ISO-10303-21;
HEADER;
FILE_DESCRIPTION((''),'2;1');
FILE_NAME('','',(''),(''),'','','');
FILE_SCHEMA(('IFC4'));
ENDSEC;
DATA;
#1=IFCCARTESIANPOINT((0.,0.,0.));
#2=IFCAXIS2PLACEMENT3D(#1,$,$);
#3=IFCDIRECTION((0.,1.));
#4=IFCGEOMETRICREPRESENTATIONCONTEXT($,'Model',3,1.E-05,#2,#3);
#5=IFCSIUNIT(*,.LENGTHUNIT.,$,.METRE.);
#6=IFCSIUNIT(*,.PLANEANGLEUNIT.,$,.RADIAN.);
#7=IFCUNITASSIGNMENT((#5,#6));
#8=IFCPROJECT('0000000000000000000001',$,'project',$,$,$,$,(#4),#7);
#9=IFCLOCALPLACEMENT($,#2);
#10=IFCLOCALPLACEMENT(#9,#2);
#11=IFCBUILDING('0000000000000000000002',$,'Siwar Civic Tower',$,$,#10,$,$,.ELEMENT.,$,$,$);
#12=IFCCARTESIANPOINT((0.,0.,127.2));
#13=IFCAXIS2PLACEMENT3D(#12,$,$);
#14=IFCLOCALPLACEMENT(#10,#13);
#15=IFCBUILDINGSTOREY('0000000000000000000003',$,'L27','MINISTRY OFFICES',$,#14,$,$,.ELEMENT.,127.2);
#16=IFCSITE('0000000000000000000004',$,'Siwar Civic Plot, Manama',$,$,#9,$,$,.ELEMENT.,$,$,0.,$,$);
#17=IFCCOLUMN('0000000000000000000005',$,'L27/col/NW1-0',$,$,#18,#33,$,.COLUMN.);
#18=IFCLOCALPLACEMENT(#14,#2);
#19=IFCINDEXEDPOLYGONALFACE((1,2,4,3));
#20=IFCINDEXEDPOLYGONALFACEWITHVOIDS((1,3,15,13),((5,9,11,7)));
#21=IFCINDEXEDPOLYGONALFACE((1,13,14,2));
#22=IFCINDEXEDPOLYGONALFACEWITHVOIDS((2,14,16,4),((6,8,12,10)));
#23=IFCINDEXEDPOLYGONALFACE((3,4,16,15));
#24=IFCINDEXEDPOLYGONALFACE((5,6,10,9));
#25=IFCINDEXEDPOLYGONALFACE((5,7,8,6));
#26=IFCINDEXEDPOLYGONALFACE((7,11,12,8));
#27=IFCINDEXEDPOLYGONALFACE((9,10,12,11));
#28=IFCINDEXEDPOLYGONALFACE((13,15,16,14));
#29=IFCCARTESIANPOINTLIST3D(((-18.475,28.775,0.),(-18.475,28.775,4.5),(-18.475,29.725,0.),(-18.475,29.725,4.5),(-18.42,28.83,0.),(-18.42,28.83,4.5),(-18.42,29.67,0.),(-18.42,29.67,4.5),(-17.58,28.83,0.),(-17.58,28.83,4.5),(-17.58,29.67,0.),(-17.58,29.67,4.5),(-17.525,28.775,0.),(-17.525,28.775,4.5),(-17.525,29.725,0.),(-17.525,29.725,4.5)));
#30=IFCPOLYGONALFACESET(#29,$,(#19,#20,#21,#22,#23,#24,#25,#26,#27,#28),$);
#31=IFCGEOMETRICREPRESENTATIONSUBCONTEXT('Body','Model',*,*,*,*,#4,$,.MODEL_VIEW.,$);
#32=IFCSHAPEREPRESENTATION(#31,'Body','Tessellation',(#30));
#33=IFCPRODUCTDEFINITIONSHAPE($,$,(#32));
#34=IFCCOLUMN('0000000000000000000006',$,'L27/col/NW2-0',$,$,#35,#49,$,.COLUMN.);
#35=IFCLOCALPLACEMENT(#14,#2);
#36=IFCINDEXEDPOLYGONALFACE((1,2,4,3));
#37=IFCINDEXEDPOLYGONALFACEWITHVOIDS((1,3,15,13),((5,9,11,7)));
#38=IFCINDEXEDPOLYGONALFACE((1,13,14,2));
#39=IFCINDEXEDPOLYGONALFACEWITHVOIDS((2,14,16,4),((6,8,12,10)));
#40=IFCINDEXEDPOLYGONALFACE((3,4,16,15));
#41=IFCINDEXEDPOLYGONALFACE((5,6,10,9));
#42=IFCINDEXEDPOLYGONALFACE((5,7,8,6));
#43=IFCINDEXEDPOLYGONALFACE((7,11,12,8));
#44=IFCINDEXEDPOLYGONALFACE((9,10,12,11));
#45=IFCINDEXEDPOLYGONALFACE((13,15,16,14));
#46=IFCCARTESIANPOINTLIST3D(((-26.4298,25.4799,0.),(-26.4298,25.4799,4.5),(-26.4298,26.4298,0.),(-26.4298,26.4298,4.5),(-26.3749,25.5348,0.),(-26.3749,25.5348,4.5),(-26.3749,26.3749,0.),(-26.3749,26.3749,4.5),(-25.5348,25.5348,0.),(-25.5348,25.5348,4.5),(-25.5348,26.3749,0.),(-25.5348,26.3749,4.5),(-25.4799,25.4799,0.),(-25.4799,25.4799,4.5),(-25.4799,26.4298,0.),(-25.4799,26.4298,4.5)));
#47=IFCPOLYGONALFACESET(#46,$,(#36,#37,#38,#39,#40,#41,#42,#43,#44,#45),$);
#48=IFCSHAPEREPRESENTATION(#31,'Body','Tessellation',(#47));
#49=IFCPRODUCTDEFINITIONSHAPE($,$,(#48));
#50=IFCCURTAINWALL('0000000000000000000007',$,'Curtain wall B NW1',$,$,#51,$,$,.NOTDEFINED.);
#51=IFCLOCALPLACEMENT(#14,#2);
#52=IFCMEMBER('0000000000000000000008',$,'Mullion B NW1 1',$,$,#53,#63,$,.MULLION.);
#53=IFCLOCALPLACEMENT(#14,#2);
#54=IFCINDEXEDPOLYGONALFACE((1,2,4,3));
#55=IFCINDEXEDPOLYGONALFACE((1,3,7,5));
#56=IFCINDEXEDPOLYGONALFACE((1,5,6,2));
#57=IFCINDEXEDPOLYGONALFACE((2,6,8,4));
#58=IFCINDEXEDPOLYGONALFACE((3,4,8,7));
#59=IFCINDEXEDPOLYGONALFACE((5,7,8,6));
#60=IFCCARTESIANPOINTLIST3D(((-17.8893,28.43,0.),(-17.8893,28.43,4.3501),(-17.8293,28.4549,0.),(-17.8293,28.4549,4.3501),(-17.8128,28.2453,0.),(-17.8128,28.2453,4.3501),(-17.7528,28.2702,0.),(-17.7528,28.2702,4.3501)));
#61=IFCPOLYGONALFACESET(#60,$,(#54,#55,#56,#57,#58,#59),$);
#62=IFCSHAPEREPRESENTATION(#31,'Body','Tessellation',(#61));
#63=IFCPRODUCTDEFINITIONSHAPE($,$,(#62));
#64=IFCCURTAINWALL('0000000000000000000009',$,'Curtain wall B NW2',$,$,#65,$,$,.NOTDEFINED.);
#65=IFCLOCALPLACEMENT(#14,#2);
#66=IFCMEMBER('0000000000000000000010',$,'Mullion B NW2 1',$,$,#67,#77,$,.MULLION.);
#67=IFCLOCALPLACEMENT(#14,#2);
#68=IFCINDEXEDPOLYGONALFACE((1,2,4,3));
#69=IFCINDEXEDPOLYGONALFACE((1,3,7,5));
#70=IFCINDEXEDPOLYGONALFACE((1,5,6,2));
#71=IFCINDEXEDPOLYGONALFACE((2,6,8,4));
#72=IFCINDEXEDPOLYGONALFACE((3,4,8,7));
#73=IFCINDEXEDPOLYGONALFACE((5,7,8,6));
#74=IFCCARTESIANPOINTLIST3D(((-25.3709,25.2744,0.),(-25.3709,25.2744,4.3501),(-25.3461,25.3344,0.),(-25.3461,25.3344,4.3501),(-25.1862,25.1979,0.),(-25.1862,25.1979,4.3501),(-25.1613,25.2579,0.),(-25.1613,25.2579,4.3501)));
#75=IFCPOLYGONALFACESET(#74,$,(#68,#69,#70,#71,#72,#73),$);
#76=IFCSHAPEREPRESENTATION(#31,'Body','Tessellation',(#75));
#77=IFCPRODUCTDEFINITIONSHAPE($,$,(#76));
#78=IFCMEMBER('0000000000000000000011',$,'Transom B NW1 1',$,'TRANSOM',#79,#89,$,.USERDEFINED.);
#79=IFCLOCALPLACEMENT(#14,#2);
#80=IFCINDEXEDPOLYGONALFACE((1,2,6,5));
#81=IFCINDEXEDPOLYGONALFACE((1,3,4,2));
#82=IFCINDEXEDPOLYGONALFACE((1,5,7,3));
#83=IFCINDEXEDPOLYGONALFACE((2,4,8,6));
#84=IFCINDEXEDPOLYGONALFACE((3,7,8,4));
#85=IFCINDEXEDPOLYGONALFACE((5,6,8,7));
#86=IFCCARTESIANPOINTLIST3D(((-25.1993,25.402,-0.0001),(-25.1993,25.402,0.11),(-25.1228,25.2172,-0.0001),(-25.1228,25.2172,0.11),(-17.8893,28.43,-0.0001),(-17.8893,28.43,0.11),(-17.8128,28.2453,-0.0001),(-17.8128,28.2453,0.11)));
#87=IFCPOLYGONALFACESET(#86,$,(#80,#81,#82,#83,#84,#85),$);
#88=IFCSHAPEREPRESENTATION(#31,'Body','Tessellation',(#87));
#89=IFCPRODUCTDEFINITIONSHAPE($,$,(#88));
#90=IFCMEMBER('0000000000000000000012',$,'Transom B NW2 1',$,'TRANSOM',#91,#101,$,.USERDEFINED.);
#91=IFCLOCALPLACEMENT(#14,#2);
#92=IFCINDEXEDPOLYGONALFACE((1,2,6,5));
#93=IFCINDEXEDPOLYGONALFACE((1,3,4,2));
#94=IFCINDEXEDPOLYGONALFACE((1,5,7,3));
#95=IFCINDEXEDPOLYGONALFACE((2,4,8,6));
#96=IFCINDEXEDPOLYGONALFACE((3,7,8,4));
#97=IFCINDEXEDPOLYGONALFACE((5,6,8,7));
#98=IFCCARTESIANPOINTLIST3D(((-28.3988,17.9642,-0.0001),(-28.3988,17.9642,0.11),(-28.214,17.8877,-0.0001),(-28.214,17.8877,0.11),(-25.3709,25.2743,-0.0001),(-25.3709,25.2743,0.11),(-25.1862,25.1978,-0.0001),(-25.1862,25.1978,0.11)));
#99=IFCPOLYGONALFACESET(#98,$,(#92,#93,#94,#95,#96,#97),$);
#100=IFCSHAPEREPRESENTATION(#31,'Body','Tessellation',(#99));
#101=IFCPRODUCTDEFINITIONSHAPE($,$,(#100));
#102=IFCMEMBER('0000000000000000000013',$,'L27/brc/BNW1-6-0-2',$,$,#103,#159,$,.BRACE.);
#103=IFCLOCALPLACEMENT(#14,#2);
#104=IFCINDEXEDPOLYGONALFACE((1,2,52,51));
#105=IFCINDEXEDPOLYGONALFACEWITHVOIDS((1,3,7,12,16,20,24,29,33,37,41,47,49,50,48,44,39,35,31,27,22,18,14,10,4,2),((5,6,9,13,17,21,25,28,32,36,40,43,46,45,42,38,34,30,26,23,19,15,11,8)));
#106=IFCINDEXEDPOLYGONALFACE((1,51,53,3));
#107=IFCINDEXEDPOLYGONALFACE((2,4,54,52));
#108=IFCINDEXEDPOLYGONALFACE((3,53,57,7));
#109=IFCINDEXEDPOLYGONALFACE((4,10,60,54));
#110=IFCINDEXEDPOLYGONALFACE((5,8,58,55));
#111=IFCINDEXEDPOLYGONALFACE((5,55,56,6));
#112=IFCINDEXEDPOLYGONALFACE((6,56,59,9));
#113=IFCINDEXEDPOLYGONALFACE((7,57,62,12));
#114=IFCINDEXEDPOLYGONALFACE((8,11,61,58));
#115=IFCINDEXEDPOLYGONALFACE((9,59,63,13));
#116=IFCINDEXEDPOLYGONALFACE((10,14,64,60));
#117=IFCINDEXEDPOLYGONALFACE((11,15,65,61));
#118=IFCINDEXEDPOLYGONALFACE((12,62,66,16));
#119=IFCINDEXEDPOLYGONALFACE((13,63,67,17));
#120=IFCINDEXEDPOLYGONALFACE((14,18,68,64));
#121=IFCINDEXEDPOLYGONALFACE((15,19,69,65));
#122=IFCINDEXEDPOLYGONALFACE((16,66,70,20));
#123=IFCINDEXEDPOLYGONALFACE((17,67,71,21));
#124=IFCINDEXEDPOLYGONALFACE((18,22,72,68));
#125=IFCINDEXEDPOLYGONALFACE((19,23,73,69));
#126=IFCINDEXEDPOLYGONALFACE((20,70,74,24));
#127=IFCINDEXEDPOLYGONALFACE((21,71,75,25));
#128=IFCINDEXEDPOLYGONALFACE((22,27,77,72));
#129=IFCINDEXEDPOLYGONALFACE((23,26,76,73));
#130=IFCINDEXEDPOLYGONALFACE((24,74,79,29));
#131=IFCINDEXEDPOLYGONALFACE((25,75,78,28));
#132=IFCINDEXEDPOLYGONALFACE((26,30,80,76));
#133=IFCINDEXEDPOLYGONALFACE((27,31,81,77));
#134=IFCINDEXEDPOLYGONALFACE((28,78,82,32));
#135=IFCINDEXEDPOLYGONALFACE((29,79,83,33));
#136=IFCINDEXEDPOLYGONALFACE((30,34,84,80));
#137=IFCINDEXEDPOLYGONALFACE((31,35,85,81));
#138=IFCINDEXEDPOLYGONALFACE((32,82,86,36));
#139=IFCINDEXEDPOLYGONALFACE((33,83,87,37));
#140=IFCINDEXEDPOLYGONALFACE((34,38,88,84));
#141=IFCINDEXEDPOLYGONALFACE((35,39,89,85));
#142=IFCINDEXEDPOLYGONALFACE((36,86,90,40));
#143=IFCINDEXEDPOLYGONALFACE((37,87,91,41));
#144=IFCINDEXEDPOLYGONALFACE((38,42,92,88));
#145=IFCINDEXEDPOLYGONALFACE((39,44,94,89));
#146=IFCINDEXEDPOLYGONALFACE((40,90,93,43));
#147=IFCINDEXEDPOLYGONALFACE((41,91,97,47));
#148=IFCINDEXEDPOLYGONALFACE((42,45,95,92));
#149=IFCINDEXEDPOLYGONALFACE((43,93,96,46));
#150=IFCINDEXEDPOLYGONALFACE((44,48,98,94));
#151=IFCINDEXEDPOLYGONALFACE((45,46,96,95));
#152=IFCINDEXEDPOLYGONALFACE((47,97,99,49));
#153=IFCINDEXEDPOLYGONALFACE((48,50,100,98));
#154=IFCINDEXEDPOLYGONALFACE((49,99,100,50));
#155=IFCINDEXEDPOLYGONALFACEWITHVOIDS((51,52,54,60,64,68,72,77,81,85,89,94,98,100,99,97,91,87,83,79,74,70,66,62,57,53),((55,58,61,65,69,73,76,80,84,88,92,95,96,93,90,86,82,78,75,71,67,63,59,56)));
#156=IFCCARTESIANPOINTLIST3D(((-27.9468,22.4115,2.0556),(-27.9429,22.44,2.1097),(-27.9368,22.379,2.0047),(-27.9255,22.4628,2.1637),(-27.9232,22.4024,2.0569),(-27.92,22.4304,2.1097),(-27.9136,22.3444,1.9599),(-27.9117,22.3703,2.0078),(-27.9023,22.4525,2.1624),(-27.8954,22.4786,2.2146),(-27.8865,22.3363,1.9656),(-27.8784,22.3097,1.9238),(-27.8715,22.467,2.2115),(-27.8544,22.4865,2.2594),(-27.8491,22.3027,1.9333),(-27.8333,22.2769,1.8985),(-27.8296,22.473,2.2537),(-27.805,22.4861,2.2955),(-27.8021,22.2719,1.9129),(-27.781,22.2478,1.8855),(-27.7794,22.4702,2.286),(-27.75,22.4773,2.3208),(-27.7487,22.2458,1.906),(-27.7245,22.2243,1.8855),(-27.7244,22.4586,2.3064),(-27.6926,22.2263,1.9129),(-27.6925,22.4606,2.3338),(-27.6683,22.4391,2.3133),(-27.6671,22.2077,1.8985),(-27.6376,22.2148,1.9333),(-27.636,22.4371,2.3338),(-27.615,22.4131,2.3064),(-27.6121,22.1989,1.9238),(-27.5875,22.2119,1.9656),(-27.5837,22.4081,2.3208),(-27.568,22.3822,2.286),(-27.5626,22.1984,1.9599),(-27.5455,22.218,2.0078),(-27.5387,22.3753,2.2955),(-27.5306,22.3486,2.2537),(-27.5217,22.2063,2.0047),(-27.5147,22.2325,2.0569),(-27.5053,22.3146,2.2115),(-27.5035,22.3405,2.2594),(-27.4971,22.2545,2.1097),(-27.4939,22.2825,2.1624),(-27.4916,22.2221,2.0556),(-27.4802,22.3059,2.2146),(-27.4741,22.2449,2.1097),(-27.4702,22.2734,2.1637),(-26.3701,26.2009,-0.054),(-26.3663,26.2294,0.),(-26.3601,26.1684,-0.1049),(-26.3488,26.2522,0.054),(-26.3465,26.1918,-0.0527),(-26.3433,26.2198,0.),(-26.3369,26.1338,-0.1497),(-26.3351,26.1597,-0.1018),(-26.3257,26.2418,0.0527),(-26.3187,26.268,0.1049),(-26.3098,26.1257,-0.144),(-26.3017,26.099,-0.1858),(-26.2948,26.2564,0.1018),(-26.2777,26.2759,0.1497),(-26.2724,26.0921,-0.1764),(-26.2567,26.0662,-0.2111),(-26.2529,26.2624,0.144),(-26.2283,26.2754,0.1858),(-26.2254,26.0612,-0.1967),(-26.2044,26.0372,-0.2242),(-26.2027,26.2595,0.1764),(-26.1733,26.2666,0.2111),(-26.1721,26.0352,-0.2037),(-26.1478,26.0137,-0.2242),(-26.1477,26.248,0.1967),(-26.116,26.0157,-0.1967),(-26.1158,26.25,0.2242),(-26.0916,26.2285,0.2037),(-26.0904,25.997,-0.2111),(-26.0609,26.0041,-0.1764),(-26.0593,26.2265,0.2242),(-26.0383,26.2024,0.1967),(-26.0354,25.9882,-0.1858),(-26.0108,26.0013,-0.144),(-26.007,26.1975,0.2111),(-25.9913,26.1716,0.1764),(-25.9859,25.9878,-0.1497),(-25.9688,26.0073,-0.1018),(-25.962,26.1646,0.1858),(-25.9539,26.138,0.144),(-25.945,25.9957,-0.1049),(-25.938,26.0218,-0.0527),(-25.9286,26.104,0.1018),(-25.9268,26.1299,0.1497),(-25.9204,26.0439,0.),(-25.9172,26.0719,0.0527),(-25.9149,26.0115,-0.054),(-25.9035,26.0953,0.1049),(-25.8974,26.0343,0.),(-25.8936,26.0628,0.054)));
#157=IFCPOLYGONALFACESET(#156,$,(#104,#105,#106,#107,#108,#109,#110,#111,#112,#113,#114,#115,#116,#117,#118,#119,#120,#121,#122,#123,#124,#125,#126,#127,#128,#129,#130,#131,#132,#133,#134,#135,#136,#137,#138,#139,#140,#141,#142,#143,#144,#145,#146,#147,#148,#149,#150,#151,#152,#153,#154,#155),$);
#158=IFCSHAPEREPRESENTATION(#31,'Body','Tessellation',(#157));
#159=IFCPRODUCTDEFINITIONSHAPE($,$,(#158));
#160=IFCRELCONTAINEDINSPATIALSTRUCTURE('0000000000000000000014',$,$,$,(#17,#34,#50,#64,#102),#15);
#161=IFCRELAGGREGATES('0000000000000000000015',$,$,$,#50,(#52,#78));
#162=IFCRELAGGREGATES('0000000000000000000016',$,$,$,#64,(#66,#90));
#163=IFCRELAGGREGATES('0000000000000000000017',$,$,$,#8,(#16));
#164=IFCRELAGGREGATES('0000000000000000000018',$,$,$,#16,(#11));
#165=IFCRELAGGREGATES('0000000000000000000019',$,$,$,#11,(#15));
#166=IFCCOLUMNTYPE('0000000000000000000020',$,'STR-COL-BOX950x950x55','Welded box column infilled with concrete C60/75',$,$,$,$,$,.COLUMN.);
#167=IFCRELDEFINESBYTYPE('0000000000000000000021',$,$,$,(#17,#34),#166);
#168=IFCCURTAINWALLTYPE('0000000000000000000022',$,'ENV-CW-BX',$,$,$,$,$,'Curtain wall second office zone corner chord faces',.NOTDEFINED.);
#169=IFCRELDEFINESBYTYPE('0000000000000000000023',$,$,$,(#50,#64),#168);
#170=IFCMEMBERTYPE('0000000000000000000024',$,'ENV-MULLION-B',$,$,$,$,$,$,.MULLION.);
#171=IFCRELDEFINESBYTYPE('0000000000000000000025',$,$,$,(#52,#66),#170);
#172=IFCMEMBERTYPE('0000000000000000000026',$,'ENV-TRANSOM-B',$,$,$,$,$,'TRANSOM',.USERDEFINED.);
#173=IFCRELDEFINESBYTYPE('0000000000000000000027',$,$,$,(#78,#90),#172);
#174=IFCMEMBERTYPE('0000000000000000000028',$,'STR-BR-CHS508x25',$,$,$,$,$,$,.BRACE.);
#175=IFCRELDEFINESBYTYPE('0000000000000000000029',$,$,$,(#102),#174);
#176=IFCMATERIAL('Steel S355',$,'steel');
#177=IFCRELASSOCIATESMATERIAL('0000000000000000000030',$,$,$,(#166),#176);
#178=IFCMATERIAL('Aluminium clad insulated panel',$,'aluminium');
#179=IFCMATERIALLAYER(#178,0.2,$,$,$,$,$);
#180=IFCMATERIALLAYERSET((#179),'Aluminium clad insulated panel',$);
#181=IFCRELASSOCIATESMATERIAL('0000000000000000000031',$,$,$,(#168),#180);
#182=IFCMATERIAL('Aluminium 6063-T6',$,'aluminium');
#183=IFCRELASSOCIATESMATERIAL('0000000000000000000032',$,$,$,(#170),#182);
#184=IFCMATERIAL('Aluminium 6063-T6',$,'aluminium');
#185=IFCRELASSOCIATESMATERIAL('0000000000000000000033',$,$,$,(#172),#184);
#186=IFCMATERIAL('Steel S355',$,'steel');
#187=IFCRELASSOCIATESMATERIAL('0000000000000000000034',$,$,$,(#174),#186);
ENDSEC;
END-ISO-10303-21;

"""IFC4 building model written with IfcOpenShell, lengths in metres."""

from ifc_helpers import new_model, si_unit, direction, frame, origin, origin_2d, place, context, subcontext, project, spatial, rectangle, hollow_rectangle, hollow_circle, extrude, material, layer, layer_set, material_profile, profile_set, type_object, element, aggregate, save


model = new_model("IFC4")

# Units and contexts
model_context = context("Model", 3, precision=1e-05, world=origin(), true_north=direction((0.0, 1.0)))
body_context = subcontext(model_context, "Body", "Model", "MODEL_VIEW")
ifc_project = project(units=[si_unit("LENGTHUNIT", "METRE"), si_unit("PLANEANGLEUNIT", "RADIAN")], contexts=[model_context])

# Site, building, storey
site_placement = place(None, origin())
site = spatial("IfcSite", under=ifc_project, at=site_placement, Name="Siwar Civic Plot, Manama", CompositionType="ELEMENT", RefElevation=0.0)
building_placement = place(site_placement, origin())
building = spatial("IfcBuilding", under=site, at=building_placement, Name="Siwar Civic Tower", CompositionType="ELEMENT")
storey_placement = place(building_placement, frame((0.0, 0.0, 127.2)))
storey = spatial("IfcBuildingStorey", under=building, at=storey_placement, Name="L27", Description="MINISTRY OFFICES", CompositionType="ELEMENT", Elevation=127.2)

# Columns
ifc_material_1 = material(Name="Steel S355", Category="steel")
ifc_material_profile_1 = material_profile(ifc_material_1, hollow_rectangle(XDim=0.95, YDim=0.95, WallThickness=0.0549, at=origin_2d()), Name="BOX950x950x55")
ifc_profile_set_1 = profile_set([ifc_material_profile_1], Name="Steel S355")
column_type = type_object("IfcColumnType", Name="STR-COL-BOX950x950x55", Description="Welded box column infilled with concrete C60/75", PredefinedType="COLUMN", material=ifc_profile_set_1)
for number, where, z_axis, x_axis, name in (
    (1, (-18.0, 29.25, 0.0), (0.0, 0.0, 1.0), (1.0, 0.0, 0.0), "L27/col/NW1-0"),
    (2, (-25.9548, 25.9548, 0.0), (0.0, 0.0, 1.0), (1.0, 0.0, 0.0), "L27/col/NW2-0"),
):
    element("IfcColumn", number, at=place(storey_placement, frame(where, z_axis=z_axis, x_axis=x_axis)), inside=storey, type_object=column_type, Name=name, PredefinedType="COLUMN", context=body_context, shape_type="SweptSolid", body=[
        extrude(hollow_rectangle(XDim=0.95, YDim=0.95, WallThickness=0.0549, at=origin_2d()), origin(), (0.0, 0.0, 1.0), 4.5),
    ])

# Curtain walls, members
ifc_material_2 = material(Name="Aluminium clad insulated panel", Category="aluminium")
ifc_layer_1 = layer(ifc_material_2, 0.2)
ifc_layer_set_1 = layer_set([ifc_layer_1], Name="Aluminium clad insulated panel")
curtain_wall_type = type_object("IfcCurtainWallType", Name="ENV-CW-BX", ElementType="Curtain wall second office zone corner chord faces", PredefinedType="NOTDEFINED", material=ifc_layer_set_1)
curtain_wall_1_placement = place(storey_placement, origin())
curtain_wall_1 = element("IfcCurtainWall", 3, at=curtain_wall_1_placement, inside=storey, type_object=curtain_wall_type, Name="Curtain wall B NW1", PredefinedType="NOTDEFINED")
ifc_material_3 = material(Name="Aluminium 6063-T6", Category="aluminium")
ifc_material_profile_2 = material_profile(ifc_material_3, rectangle(XDim=0.2, YDim=0.0649, at=origin_2d()), Name="AL 200x65")
ifc_profile_set_2 = profile_set([ifc_material_profile_2], Name="Aluminium 6063-T6")
member_type_1 = type_object("IfcMemberType", Name="ENV-MULLION-B", PredefinedType="MULLION", material=ifc_profile_set_2)
member_1_placement = place(storey_placement, frame((-17.821, 28.3501, 0.0), z_axis=(0.0, 0.0, 1.0), x_axis=(0.382683, -0.92388, 0.0)))
member_1 = element("IfcMember", 4, at=member_1_placement, type_object=member_type_1, Name="Mullion B NW1 1", PredefinedType="MULLION", context=body_context, shape_type="SweptSolid", body=[
    extrude(rectangle(XDim=0.2, YDim=0.0649, at=origin_2d()), origin(), (0.0, 0.0, 1.0), 4.3501),
])
curtain_wall_2_placement = place(storey_placement, origin())
curtain_wall_2 = element("IfcCurtainWall", 5, at=curtain_wall_2_placement, inside=storey, type_object=curtain_wall_type, Name="Curtain wall B NW2", PredefinedType="NOTDEFINED")
member_2_placement = place(storey_placement, frame((-25.2661, 25.2661, 0.0), z_axis=(0.0, 0.0, 1.0), x_axis=(0.92388, -0.382683, 0.0)))
member_2 = element("IfcMember", 6, at=member_2_placement, type_object=member_type_1, Name="Mullion B NW2 1", PredefinedType="MULLION", context=body_context, shape_type="SweptSolid", body=[
    extrude(rectangle(XDim=0.2, YDim=0.0649, at=origin_2d()), origin(), (0.0, 0.0, 1.0), 4.3501),
])

# Members
ifc_material_4 = material(Name="Aluminium 6063-T6", Category="aluminium")
ifc_material_profile_3 = material_profile(ifc_material_4, rectangle(XDim=0.2, YDim=0.1101, at=origin_2d()), Name="AL 200x110")
ifc_profile_set_3 = profile_set([ifc_material_profile_3], Name="Aluminium 6063-T6")
member_type_2 = type_object("IfcMemberType", Name="ENV-TRANSOM-B", ElementType="TRANSOM", PredefinedType="USERDEFINED", material=ifc_profile_set_3)
member_3_placement = place(storey_placement, frame((-17.8511, 28.3376, 0.0549), z_axis=(-0.923873, -0.3827, 0.0), x_axis=(0.3827, -0.923873, 0.0)))
member_3 = element("IfcMember", 7, at=member_3_placement, type_object=member_type_2, Name="Transom B NW1 1", ObjectType="TRANSOM", PredefinedType="USERDEFINED", context=body_context, shape_type="SweptSolid", body=[
    extrude(rectangle(XDim=0.2, YDim=0.1101, at=origin_2d()), origin(), (0.0, 0.0, 1.0), 7.9124),
])
member_4_placement = place(storey_placement, frame((-25.2786, 25.2361, 0.0549), z_axis=(-0.382673, -0.923884, 0.0), x_axis=(0.923884, -0.382673, 0.0)))
member_4 = element("IfcMember", 8, at=member_4_placement, type_object=member_type_2, Name="Transom B NW2 1", ObjectType="TRANSOM", PredefinedType="USERDEFINED", context=body_context, shape_type="SweptSolid", body=[
    extrude(rectangle(XDim=0.2, YDim=0.1101, at=origin_2d()), origin(), (0.0, 0.0, 1.0), 7.9124),
])

# Member
ifc_material_5 = material(Name="Steel S355", Category="steel")
ifc_material_profile_4 = material_profile(ifc_material_5, hollow_circle(Radius=0.2539, WallThickness=0.0249, at=origin_2d()), Name="CHS508x25")
ifc_profile_set_4 = profile_set([ifc_material_profile_4], Name="Steel S355")
member_type_3 = type_object("IfcMemberType", Name="STR-BR-CHS508x25", PredefinedType="BRACE", material=ifc_profile_set_4)
member_5_placement = place(storey_placement, frame((-26.1318, 26.1318, 0.0), z_axis=(-0.341662, -0.821143, 0.457155), x_axis=(0.923269, -0.384155, 0.0)))
element("IfcMember", 9, at=member_5_placement, inside=storey, type_object=member_type_3, Name="L27/brc/BNW1-6-0-2", PredefinedType="BRACE", context=body_context, shape_type="SweptSolid", body=[
    extrude(hollow_circle(Radius=0.2539, WallThickness=0.0249, at=origin_2d()), origin(), (0.0, 0.0, 1.0), 4.6147),
])

aggregate(curtain_wall_1, [member_1, member_3])
aggregate(curtain_wall_2, [member_2, member_4])

save(model, "model.ifc")
